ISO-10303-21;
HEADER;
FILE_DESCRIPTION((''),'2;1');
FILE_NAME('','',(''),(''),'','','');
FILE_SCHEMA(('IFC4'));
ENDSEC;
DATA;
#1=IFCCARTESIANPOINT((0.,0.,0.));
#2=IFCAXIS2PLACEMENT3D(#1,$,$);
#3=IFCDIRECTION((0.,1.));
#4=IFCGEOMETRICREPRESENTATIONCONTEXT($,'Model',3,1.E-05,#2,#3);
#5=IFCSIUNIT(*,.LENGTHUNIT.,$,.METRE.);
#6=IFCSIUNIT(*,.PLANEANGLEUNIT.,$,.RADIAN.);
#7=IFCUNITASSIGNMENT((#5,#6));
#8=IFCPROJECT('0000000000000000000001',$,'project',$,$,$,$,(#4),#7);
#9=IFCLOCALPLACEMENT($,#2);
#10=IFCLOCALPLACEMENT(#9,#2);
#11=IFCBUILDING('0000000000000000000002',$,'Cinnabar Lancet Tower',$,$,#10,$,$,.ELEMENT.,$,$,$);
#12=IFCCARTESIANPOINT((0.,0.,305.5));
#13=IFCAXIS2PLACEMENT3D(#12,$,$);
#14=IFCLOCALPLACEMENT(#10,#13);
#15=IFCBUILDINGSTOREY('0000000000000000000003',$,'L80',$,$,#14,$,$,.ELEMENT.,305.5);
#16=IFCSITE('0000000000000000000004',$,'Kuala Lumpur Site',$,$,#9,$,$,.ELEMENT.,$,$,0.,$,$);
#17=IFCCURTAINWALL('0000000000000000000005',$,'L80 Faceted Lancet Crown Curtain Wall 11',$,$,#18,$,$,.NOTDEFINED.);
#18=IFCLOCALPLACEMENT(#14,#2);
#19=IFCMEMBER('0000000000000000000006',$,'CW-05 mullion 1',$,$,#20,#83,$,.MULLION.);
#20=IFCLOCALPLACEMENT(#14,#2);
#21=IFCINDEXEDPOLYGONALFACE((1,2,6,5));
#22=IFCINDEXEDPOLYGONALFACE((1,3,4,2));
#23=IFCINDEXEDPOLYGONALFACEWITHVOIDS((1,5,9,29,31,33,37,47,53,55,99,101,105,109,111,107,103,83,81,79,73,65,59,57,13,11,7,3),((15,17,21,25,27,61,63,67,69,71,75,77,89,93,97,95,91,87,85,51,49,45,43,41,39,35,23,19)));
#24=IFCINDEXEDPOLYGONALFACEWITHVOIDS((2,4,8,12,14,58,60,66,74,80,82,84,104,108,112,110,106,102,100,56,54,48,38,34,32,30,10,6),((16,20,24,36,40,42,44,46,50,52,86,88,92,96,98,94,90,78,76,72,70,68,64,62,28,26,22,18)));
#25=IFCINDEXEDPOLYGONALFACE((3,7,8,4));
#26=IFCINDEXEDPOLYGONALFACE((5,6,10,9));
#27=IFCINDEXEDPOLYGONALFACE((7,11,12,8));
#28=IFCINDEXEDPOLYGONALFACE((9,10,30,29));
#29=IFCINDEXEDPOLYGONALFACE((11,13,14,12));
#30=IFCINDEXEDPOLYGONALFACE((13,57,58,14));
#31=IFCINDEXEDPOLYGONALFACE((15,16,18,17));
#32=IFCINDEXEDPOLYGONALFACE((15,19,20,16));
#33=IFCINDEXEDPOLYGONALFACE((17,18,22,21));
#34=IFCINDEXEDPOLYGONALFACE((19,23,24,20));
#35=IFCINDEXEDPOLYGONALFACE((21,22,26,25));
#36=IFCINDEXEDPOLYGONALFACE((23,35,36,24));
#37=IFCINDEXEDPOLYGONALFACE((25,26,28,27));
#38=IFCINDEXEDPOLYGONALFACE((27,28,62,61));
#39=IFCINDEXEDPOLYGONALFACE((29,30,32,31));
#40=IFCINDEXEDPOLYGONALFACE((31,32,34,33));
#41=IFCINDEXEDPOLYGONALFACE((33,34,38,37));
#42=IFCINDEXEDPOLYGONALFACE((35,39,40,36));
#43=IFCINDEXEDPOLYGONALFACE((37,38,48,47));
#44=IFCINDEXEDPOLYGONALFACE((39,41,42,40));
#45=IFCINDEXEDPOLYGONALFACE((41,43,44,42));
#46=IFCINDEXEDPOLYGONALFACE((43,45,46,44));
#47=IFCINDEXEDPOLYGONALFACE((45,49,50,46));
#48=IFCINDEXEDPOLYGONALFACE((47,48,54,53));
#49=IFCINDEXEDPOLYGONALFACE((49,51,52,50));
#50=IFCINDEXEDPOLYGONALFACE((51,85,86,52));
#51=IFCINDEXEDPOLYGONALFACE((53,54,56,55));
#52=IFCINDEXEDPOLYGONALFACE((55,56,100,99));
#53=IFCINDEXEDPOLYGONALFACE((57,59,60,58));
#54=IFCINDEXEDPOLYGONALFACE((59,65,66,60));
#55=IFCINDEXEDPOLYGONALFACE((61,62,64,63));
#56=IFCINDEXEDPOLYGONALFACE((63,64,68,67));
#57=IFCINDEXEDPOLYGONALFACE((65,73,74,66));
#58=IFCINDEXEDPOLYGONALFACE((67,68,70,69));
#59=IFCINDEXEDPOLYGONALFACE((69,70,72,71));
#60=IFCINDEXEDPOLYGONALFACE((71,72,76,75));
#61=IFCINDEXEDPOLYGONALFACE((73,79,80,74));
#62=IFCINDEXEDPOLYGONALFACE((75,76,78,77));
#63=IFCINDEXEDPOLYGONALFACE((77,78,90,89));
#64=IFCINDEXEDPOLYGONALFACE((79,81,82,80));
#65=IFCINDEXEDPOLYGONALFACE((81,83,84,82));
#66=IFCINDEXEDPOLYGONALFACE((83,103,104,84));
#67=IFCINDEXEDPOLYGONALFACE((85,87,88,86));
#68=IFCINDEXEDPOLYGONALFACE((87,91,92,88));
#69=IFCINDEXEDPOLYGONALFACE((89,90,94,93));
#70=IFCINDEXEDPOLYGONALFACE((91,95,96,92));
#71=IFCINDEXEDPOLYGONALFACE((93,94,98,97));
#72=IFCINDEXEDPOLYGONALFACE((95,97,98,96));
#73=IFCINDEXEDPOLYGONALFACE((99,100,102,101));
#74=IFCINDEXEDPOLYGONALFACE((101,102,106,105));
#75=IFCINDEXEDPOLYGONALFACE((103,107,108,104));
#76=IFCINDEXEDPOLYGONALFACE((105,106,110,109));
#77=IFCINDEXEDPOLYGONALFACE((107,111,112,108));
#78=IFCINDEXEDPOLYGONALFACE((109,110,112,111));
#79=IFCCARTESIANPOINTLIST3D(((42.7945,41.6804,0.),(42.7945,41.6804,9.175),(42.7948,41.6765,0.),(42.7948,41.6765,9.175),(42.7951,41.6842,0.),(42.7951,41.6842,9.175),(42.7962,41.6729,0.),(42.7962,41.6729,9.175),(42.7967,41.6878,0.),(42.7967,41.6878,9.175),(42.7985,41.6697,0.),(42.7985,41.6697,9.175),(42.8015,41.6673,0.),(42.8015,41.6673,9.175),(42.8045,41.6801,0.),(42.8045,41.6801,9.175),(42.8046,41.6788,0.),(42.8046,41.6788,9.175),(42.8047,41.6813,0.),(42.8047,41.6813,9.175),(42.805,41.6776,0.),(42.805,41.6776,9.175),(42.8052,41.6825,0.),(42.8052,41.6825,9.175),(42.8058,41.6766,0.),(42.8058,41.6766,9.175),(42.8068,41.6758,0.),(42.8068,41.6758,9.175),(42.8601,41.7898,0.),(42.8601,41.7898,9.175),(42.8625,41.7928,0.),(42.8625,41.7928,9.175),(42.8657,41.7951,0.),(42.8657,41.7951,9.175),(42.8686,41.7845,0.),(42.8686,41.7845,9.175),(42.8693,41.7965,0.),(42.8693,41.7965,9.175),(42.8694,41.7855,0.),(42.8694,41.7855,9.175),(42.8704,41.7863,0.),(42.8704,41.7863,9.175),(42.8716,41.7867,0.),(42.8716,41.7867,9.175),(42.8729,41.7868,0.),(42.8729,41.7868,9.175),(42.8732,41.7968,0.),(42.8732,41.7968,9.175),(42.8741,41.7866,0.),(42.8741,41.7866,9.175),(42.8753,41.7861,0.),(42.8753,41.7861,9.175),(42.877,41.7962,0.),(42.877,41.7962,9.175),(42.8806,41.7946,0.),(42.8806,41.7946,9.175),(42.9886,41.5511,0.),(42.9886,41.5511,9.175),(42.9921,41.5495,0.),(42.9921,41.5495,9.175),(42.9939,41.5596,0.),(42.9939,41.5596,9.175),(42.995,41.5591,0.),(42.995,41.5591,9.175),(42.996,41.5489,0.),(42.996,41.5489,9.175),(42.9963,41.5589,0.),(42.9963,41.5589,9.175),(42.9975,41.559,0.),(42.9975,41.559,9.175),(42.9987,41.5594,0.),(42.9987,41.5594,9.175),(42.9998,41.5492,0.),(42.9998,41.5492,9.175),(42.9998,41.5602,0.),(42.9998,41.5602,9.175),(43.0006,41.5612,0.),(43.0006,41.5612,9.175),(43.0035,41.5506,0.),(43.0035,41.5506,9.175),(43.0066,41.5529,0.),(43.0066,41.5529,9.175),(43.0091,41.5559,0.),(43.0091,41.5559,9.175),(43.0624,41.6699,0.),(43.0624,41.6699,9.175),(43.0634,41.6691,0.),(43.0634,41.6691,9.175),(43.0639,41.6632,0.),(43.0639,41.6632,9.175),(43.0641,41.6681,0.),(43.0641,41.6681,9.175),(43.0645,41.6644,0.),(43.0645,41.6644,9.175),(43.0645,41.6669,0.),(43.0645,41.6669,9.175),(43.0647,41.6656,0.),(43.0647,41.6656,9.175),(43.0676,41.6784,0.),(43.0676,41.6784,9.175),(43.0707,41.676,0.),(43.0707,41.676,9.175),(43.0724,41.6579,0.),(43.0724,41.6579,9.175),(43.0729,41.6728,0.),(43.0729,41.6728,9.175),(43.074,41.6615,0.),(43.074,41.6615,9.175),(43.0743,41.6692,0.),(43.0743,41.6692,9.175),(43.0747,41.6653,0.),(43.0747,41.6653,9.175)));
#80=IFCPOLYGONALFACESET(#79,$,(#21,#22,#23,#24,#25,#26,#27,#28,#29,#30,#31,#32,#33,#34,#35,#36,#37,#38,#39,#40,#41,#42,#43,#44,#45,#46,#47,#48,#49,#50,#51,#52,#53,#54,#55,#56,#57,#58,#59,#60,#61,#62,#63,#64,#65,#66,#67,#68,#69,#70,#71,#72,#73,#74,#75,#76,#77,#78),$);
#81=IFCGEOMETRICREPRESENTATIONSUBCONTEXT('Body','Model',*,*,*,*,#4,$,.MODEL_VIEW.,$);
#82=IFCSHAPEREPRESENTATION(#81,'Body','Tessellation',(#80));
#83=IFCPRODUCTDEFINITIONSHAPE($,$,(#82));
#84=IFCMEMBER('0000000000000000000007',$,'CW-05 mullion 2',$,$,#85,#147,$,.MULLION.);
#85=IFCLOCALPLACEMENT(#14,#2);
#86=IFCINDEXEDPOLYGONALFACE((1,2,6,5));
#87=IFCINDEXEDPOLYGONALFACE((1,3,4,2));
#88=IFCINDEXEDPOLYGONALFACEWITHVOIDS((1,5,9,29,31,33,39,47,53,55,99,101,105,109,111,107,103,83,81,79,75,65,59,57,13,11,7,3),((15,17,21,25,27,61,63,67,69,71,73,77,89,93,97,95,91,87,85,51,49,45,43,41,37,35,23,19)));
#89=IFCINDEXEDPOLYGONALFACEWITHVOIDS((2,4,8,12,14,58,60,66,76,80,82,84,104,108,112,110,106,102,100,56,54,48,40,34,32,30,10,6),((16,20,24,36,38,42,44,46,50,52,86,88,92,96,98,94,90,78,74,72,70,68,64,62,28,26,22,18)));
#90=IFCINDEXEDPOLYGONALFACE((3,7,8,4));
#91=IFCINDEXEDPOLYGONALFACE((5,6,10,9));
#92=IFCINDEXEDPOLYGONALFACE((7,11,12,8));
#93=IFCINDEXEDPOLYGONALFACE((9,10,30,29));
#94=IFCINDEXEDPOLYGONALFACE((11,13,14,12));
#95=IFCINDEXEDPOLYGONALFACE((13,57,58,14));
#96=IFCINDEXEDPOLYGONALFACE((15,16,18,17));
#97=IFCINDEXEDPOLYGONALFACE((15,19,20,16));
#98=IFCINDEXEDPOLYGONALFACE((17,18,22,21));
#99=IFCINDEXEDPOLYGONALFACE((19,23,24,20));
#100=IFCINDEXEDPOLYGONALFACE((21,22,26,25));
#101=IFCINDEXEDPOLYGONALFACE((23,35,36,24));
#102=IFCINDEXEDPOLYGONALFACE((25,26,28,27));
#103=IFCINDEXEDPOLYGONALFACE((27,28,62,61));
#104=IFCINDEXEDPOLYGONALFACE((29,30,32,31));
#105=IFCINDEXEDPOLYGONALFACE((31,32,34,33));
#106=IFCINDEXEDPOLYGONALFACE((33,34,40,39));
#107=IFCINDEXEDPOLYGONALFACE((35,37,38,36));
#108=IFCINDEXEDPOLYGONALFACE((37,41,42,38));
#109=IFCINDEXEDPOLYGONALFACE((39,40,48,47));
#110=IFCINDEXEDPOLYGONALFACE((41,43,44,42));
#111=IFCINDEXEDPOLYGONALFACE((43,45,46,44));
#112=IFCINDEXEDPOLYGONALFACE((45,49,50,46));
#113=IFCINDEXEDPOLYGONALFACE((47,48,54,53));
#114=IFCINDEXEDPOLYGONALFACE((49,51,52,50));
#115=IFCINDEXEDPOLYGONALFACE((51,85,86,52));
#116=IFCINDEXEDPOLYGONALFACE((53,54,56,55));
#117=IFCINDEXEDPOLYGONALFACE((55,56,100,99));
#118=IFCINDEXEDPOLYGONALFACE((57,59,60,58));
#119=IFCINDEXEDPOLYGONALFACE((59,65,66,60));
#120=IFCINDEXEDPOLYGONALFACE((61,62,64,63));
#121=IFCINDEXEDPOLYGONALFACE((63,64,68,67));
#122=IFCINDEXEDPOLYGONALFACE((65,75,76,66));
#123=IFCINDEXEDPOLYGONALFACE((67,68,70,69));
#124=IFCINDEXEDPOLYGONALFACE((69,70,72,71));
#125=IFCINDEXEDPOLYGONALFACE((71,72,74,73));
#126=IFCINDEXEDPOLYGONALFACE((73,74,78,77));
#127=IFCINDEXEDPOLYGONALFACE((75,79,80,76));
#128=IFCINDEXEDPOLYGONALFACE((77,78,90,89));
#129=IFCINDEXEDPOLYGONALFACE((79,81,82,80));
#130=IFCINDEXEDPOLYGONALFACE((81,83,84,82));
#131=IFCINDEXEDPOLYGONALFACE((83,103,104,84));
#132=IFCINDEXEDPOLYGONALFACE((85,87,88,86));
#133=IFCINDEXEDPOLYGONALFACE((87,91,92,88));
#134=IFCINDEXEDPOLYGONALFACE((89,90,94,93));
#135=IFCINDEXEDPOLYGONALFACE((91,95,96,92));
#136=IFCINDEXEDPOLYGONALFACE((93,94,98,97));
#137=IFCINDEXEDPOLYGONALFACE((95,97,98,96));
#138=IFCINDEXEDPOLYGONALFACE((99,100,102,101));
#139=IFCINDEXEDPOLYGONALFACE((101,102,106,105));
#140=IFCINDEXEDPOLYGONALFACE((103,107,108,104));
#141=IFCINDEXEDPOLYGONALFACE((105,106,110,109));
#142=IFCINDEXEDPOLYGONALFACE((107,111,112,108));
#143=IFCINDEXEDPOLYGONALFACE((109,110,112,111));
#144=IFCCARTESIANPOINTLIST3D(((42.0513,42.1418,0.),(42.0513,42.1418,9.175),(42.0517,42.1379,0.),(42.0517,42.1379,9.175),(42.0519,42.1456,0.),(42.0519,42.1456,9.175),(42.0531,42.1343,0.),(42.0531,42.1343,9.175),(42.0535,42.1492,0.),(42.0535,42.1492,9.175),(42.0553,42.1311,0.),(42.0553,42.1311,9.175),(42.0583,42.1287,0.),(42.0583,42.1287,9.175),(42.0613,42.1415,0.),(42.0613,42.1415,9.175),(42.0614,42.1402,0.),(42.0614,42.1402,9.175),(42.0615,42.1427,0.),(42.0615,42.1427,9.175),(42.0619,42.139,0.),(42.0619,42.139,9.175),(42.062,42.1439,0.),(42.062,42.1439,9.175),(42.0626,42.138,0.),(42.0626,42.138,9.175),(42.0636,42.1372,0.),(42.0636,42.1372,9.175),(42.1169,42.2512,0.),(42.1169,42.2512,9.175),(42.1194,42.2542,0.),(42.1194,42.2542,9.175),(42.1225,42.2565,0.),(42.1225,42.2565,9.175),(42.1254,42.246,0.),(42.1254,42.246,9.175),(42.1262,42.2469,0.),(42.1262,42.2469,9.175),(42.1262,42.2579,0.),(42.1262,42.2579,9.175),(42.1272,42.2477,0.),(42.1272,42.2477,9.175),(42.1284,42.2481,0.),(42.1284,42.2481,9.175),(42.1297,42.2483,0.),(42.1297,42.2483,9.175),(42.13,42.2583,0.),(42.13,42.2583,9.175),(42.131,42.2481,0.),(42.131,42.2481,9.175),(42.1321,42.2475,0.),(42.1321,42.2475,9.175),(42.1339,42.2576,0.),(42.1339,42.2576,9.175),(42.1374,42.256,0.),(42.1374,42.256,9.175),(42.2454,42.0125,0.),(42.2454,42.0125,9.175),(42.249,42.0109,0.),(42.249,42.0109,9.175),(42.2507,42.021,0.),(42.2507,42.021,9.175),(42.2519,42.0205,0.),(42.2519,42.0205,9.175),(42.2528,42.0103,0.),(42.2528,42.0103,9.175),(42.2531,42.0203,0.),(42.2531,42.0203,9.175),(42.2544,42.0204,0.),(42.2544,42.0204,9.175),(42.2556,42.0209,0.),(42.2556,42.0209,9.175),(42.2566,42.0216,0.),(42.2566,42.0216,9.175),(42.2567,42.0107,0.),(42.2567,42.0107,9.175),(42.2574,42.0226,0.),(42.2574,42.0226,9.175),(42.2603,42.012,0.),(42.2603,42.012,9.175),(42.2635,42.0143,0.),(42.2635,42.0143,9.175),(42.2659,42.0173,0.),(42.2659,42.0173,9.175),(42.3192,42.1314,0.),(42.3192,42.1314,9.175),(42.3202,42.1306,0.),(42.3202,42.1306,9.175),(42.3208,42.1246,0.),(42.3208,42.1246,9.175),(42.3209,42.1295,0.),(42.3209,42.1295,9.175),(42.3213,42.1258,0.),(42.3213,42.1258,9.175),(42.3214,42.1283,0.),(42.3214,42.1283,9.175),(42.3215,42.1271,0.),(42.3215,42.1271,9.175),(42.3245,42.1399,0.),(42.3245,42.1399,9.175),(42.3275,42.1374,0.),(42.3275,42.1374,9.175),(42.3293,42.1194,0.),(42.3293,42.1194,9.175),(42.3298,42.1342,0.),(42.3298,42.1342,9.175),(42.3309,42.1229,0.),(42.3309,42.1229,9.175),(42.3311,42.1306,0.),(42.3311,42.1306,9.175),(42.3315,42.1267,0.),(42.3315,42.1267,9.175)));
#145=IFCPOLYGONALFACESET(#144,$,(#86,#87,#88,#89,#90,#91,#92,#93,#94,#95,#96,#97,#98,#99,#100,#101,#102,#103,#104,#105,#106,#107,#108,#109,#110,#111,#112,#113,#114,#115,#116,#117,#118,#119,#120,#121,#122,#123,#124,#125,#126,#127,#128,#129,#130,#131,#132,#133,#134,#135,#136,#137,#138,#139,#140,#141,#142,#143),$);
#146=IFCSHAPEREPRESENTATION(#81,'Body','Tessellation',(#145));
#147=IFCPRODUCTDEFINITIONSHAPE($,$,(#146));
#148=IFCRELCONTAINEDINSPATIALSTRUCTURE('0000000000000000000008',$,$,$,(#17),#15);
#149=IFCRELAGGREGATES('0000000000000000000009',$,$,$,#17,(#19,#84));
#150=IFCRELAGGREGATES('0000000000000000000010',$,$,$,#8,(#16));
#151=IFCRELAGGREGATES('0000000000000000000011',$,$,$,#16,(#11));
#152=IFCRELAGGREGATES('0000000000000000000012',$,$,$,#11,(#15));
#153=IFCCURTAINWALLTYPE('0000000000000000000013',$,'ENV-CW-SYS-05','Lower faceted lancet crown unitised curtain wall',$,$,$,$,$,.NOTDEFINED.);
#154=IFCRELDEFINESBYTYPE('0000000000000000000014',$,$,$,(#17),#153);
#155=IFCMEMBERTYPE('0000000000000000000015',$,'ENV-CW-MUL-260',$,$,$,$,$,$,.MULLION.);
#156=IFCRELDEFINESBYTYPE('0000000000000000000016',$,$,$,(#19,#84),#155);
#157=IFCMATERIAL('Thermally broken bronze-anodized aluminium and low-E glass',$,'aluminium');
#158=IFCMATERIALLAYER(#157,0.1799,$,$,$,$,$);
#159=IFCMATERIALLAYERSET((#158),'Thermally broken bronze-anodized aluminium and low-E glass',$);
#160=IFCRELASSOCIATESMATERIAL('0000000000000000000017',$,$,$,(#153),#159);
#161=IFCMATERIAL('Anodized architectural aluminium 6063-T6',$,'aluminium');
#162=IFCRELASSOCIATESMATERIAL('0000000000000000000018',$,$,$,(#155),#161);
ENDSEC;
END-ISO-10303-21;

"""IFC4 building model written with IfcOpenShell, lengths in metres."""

from ifc_helpers import new_model, si_unit, direction, frame, origin, origin_2d, place, context, subcontext, project, spatial, hollow_rectangle, extrude, material, layer, layer_set, material_profile, profile_set, type_object, element, aggregate, save


model = new_model("IFC4")

# Units and contexts
model_context = context("Model", 3, precision=1e-05, world=origin(), true_north=direction((0.0, 1.0)))
body_context = subcontext(model_context, "Body", "Model", "MODEL_VIEW")
ifc_project = project(units=[si_unit("LENGTHUNIT", "METRE"), si_unit("PLANEANGLEUNIT", "RADIAN")], contexts=[model_context])

# Site, building, storey
site_placement = place(None, origin())
site = spatial("IfcSite", under=ifc_project, at=site_placement, Name="Kuala Lumpur Site", CompositionType="ELEMENT", RefElevation=0.0)
building_placement = place(site_placement, origin())
building = spatial("IfcBuilding", under=site, at=building_placement, Name="Cinnabar Lancet Tower", CompositionType="ELEMENT")
storey_placement = place(building_placement, frame((0.0, 0.0, 305.5)))
storey = spatial("IfcBuildingStorey", under=building, at=storey_placement, Name="L80", CompositionType="ELEMENT", Elevation=305.5)

# Shared definitions
ifc_material_1 = material(Name="Thermally broken bronze-anodized aluminium and low-E glass", Category="aluminium")
ifc_layer_1 = layer(ifc_material_1, 0.1799)
ifc_layer_set_1 = layer_set([ifc_layer_1], Name="Thermally broken bronze-anodized aluminium and low-E glass")
curtain_wall_type = type_object("IfcCurtainWallType", Name="ENV-CW-SYS-05", Description="Lower faceted lancet crown unitised curtain wall", PredefinedType="NOTDEFINED", material=ifc_layer_set_1)
ifc_material_2 = material(Name="Anodized architectural aluminium 6063-T6", Category="aluminium")
ifc_material_profile_1 = material_profile(ifc_material_2, hollow_rectangle(XDim=0.1499, YDim=0.25, WallThickness=0.01, InnerFilletRadius=0.0049, OuterFilletRadius=0.0149, at=origin_2d()), Name="RHS 250x150x10")
ifc_profile_set_1 = profile_set([ifc_material_profile_1], Name="Anodized architectural aluminium 6063-T6")
member_type_1 = type_object("IfcMemberType", Name="ENV-CW-MUL-260", PredefinedType="MULLION", material=ifc_profile_set_1)

# Curtain wall, members
curtain_wall_1_placement = place(storey_placement, origin())
curtain_wall_1 = element("IfcCurtainWall", 1, at=curtain_wall_1_placement, inside=storey, type_object=curtain_wall_type, Name="L80 Faceted Lancet Crown Curtain Wall 11", PredefinedType="NOTDEFINED")
member_1_placement = place(storey_placement, frame((42.9346, 41.6729, 0.0), z_axis=(0.0, 0.0, 1.0), x_axis=(-0.527496, -0.849557, 0.0)))
member_1 = element("IfcMember", 2, at=member_1_placement, type_object=member_type_1, Name="CW-05 mullion 1", PredefinedType="MULLION", context=body_context, shape_type="SweptSolid", body=[
    extrude(hollow_rectangle(XDim=0.1499, YDim=0.25, WallThickness=0.01, InnerFilletRadius=0.0049, OuterFilletRadius=0.0149, at=origin_2d()), origin(), (0.0, 0.0, 1.0), 9.175),
])
member_2_placement = place(storey_placement, frame((42.1914, 42.1343, 0.0), z_axis=(0.0, 0.0, 1.0), x_axis=(-0.527496, -0.849557, 0.0)))
member_2 = element("IfcMember", 3, at=member_2_placement, type_object=member_type_1, Name="CW-05 mullion 2", PredefinedType="MULLION", context=body_context, shape_type="SweptSolid", body=[
    extrude(hollow_rectangle(XDim=0.1499, YDim=0.25, WallThickness=0.01, InnerFilletRadius=0.0049, OuterFilletRadius=0.0149, at=origin_2d()), origin(), (0.0, 0.0, 1.0), 9.175),
])

aggregate(curtain_wall_1, [member_1, member_2])

save(model, "model.ifc")
